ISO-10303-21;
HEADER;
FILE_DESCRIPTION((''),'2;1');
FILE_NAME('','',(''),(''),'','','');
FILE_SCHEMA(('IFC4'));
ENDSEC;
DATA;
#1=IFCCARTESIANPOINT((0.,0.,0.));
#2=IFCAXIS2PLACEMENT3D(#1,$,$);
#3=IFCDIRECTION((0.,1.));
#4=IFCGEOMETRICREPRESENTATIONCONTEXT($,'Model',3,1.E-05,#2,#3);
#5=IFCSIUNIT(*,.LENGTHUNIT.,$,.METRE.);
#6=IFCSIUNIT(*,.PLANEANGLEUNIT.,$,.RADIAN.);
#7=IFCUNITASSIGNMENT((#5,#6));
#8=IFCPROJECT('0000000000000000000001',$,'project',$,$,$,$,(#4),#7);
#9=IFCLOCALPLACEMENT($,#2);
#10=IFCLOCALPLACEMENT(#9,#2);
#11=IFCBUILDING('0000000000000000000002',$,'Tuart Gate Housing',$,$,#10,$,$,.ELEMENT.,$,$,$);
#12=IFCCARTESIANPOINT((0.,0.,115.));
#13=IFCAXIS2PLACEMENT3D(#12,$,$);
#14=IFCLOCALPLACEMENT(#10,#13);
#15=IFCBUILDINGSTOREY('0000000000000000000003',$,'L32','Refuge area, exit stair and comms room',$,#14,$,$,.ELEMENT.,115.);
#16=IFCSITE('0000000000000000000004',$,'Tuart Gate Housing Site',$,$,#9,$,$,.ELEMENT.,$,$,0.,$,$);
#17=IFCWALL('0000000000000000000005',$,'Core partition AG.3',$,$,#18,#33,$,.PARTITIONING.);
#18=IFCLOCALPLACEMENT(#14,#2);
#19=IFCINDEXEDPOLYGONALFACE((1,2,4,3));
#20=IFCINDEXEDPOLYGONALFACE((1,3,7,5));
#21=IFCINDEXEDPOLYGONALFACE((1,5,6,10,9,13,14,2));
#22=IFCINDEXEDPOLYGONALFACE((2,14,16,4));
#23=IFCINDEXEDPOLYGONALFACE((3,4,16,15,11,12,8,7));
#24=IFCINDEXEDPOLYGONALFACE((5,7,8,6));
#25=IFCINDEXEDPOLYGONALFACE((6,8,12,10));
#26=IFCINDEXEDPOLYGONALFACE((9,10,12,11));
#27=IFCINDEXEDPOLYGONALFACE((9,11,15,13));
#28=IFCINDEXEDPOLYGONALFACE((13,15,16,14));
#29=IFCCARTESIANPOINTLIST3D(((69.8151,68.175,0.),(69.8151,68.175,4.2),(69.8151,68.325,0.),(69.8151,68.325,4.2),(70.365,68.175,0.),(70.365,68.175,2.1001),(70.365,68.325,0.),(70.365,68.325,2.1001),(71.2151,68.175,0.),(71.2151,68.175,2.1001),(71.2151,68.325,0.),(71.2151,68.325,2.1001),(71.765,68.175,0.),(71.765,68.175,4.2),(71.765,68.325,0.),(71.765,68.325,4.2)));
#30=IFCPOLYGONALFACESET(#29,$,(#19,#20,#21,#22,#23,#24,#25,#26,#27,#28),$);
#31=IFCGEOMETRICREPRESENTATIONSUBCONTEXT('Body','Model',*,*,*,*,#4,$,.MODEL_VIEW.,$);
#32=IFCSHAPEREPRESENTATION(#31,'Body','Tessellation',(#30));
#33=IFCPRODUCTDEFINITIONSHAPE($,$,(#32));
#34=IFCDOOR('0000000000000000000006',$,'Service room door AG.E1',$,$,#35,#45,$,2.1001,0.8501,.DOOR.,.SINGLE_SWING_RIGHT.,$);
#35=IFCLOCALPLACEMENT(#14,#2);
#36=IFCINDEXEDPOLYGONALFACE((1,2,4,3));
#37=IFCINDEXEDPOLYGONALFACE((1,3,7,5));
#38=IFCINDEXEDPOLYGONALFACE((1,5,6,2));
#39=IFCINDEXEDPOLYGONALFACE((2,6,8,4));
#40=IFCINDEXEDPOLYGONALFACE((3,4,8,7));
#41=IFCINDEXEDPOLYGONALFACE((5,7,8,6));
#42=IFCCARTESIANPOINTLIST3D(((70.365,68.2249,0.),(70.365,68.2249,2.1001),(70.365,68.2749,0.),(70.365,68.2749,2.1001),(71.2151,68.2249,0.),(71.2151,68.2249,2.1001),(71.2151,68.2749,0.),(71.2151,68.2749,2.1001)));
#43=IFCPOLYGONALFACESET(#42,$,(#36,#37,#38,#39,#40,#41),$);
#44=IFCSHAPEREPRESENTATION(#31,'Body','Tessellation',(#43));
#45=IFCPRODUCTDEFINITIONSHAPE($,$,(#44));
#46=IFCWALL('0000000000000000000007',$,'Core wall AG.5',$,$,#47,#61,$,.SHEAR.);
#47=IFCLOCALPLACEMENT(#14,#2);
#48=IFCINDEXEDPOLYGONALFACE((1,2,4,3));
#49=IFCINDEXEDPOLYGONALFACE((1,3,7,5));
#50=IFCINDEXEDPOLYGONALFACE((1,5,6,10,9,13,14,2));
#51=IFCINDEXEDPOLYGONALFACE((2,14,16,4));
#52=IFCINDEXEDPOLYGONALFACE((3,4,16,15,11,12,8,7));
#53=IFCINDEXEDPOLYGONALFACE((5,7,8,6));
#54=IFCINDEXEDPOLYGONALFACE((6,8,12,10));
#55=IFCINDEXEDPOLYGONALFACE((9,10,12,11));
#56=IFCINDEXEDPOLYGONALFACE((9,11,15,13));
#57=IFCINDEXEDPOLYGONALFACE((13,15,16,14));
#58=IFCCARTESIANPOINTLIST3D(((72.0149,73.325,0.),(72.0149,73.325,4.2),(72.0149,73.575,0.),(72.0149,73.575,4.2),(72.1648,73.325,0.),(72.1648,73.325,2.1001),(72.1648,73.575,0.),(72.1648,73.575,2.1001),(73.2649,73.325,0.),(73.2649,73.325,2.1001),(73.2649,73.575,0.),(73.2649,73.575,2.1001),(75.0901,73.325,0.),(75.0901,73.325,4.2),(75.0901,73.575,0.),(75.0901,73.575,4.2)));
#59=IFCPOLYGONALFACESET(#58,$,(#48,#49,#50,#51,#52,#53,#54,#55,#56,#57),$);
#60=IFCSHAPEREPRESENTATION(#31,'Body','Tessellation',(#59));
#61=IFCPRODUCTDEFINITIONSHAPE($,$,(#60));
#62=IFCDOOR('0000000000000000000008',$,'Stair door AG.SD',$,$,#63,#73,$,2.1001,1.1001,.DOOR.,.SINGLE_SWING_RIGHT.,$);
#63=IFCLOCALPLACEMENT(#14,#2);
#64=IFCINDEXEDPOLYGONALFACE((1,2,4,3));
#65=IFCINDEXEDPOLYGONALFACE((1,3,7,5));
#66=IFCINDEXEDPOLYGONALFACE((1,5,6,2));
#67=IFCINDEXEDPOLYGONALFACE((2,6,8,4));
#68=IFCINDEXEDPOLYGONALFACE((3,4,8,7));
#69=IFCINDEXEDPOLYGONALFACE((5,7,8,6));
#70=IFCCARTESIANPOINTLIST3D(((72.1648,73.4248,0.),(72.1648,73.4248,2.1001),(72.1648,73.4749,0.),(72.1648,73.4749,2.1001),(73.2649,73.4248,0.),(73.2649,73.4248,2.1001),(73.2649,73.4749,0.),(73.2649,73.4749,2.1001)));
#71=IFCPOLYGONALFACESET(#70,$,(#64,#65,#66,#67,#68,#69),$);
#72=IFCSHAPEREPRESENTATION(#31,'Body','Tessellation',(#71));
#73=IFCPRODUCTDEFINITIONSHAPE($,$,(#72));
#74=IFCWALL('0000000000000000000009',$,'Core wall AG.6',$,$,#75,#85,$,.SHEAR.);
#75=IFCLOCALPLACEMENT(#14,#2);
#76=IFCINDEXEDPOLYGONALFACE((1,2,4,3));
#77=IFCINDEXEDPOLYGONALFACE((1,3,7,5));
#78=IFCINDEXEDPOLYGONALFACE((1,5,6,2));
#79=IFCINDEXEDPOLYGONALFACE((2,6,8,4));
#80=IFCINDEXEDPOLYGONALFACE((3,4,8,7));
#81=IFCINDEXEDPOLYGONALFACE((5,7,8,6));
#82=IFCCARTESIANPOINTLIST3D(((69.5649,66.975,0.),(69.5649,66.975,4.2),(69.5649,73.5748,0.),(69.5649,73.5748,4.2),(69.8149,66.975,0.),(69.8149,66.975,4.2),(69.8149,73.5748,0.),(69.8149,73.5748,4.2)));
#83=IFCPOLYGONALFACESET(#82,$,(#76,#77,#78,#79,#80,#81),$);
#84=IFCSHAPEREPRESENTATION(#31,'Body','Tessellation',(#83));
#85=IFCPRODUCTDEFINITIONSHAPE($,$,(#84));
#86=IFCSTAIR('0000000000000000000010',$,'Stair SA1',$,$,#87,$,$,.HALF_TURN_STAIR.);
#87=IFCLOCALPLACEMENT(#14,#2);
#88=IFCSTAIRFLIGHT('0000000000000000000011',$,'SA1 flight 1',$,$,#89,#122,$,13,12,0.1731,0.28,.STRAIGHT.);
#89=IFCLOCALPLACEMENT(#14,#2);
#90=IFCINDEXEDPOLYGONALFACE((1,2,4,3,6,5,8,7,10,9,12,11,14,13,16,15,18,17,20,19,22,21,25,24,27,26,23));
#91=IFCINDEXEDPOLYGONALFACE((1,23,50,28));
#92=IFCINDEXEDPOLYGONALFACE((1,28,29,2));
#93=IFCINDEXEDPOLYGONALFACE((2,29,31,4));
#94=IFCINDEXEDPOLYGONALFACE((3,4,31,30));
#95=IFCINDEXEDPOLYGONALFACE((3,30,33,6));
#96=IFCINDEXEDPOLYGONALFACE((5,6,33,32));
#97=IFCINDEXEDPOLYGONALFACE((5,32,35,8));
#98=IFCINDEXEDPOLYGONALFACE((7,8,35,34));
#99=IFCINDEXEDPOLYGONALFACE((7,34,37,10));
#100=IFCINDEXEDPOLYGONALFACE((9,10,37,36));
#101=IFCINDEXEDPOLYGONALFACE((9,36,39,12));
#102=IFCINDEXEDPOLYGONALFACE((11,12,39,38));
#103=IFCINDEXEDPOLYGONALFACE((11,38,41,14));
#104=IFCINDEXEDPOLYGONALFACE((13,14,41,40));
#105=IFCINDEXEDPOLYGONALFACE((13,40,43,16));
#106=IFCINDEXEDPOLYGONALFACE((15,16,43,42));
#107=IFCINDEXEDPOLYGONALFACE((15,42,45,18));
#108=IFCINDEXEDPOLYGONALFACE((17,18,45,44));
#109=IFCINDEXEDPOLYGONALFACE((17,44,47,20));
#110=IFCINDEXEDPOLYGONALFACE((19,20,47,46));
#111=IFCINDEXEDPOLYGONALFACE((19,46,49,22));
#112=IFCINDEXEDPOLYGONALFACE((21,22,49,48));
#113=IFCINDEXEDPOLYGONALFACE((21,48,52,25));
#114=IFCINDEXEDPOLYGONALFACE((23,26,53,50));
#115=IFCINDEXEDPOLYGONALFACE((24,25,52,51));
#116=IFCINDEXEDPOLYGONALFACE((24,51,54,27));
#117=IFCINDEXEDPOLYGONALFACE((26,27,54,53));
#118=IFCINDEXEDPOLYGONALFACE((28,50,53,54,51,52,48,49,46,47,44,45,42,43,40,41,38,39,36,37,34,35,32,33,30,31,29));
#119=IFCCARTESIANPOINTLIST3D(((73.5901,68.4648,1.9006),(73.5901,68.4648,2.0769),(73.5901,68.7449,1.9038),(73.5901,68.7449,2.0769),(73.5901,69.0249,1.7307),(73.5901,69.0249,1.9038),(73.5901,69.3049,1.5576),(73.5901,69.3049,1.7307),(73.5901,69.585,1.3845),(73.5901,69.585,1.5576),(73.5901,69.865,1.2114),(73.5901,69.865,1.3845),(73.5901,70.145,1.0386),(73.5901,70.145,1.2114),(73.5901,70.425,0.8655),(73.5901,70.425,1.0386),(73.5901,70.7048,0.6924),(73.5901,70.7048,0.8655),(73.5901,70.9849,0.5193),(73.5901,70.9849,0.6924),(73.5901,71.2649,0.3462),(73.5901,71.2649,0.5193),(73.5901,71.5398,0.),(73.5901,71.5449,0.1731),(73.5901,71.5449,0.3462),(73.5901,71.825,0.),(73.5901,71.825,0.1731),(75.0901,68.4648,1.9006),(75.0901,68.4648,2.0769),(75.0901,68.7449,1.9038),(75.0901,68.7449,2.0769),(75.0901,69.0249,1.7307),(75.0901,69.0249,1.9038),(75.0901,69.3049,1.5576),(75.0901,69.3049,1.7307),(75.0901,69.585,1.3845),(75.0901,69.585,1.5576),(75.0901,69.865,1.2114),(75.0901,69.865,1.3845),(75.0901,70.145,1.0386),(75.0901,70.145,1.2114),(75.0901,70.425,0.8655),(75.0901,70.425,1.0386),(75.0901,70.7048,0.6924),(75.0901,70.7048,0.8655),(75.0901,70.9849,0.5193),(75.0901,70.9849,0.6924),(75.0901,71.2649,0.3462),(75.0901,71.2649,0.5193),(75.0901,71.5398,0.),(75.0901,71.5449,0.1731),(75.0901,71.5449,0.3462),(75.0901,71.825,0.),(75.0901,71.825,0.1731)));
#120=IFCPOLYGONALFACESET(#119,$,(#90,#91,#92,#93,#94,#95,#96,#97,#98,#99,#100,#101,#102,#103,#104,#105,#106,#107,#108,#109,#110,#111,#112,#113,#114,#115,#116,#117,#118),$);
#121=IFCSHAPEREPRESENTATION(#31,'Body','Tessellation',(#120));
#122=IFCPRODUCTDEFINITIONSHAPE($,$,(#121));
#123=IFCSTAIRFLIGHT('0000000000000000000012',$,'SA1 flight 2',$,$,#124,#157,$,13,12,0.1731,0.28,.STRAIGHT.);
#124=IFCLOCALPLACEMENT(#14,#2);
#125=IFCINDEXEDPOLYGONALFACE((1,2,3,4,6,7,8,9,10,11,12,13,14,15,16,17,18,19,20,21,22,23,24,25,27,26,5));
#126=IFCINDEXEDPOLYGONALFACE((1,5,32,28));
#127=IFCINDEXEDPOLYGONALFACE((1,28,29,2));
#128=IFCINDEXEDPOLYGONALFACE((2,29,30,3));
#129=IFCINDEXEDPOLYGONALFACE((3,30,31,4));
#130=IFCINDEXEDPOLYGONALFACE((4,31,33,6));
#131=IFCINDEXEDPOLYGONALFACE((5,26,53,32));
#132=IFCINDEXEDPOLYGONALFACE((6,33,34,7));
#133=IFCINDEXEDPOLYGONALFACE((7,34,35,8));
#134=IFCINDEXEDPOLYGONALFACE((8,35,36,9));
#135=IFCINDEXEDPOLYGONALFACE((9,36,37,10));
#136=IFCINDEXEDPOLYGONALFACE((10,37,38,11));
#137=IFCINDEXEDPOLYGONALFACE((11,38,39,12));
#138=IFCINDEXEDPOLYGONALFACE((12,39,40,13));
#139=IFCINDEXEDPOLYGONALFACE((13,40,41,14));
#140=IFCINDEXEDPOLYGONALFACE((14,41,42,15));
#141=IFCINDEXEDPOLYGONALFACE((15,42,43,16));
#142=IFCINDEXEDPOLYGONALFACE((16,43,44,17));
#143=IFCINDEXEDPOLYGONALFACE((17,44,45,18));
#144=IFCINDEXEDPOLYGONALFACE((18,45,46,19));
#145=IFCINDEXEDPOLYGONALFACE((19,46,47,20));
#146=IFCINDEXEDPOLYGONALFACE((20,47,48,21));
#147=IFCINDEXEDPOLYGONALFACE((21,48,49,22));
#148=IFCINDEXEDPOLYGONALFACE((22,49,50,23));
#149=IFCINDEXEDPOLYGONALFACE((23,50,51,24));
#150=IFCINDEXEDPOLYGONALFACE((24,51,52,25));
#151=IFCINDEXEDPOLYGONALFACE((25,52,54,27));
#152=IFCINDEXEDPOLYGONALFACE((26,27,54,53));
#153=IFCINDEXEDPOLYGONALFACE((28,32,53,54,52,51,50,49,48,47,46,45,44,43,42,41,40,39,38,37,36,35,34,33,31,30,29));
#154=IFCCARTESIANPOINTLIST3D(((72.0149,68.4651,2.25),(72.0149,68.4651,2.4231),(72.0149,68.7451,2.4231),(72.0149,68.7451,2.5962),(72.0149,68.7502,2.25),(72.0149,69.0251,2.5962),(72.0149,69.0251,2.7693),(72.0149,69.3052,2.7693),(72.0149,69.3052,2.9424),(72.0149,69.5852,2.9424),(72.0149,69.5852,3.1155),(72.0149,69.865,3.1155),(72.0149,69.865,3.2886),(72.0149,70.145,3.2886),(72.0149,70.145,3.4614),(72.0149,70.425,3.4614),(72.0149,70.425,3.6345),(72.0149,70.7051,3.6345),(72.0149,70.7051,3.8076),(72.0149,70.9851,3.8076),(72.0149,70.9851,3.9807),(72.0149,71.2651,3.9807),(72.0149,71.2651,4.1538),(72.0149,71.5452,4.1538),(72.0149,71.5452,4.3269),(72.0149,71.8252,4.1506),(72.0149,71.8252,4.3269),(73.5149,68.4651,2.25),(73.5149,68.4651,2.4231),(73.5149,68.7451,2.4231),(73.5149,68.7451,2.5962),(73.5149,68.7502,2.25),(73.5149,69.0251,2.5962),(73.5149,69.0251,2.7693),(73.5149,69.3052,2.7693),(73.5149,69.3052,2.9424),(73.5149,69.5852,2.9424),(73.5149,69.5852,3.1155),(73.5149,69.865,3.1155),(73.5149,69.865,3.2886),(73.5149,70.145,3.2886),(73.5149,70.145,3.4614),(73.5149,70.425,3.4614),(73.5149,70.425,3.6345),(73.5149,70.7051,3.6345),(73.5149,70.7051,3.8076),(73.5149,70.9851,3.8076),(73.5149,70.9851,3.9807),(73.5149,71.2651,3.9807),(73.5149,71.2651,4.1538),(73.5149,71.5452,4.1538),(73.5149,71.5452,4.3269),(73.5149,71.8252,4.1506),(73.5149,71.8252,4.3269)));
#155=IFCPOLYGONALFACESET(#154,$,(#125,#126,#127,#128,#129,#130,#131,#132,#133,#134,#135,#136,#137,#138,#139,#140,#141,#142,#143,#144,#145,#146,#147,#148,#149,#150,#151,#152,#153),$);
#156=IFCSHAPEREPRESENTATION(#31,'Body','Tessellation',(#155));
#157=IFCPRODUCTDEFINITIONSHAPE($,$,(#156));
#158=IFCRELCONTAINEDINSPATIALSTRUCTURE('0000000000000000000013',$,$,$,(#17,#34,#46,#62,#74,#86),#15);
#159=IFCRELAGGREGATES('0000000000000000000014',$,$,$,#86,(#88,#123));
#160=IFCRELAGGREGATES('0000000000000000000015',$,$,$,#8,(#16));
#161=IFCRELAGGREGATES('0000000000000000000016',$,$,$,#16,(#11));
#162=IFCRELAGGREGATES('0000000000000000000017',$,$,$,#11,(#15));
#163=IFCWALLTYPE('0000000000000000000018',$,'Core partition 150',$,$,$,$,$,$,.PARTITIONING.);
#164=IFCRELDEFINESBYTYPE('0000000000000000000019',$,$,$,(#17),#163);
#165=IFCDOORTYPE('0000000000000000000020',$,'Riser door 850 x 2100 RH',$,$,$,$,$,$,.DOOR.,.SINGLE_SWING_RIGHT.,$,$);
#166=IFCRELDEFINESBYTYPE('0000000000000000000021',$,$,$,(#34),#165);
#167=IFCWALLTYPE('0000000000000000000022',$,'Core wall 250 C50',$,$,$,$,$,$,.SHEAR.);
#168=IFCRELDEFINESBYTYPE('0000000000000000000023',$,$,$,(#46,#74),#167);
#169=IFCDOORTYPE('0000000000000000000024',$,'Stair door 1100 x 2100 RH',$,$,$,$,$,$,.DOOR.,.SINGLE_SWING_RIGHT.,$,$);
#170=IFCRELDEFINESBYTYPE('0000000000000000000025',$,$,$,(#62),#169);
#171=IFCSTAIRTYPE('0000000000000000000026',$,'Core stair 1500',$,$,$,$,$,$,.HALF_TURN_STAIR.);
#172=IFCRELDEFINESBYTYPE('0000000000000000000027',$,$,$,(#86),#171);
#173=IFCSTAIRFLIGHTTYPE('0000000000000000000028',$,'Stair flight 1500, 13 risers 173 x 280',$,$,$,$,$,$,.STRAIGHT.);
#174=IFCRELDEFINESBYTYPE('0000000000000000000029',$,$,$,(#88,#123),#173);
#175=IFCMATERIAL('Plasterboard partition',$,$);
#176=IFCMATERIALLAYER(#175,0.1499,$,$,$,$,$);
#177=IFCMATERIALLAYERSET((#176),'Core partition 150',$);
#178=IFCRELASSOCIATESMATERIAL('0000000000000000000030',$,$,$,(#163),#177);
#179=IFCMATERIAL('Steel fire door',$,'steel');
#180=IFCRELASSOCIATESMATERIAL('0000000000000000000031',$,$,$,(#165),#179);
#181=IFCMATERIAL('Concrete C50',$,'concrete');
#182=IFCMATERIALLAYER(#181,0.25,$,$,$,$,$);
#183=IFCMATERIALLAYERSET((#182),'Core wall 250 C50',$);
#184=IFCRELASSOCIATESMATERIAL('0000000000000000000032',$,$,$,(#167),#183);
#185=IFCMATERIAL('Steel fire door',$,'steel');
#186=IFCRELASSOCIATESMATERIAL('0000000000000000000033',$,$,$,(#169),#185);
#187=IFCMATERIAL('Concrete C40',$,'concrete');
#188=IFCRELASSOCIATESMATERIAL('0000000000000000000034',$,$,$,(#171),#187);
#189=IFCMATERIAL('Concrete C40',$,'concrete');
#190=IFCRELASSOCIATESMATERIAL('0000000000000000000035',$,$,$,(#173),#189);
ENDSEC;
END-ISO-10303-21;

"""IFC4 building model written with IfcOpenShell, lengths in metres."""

from ifc_helpers import new_model, si_unit, direction, frame, frame_2d, origin, place, context, subcontext, project, spatial, polyline, rectangle, outline, extrude, material, layer, layer_set, type_object, element, fill, aggregate, save


model = new_model("IFC4")

# Units and contexts
model_context = context("Model", 3, precision=1e-05, world=origin(), true_north=direction((0.0, 1.0)))
body_context = subcontext(model_context, "Body", "Model", "MODEL_VIEW")
ifc_project = project(units=[si_unit("LENGTHUNIT", "METRE"), si_unit("PLANEANGLEUNIT", "RADIAN")], contexts=[model_context])

# Site, building, storey
site_placement = place(None, origin())
site = spatial("IfcSite", under=ifc_project, at=site_placement, Name="Tuart Gate Housing Site", CompositionType="ELEMENT", RefElevation=0.0)
building_placement = place(site_placement, origin())
building = spatial("IfcBuilding", under=site, at=building_placement, Name="Tuart Gate Housing", CompositionType="ELEMENT")
storey_placement = place(building_placement, frame((0.0, 0.0, 115.0)))
storey = spatial("IfcBuildingStorey", under=building, at=storey_placement, Name="L32", Description="Refuge area, exit stair and comms room", CompositionType="ELEMENT", Elevation=115.0)

# Walls, openings, doors
ifc_material_1 = material(Name="Plasterboard partition")
ifc_layer_1 = layer(ifc_material_1, 0.1499)
ifc_layer_set_1 = layer_set([ifc_layer_1], Name="Core partition 150")
wall_type_1 = type_object("IfcWallType", Name="Core partition 150", PredefinedType="PARTITIONING", material=ifc_layer_set_1)
wall_1_placement = place(storey_placement, frame((69.8149, 68.25, 0.0), z_axis=(0.0, 0.0, 1.0), x_axis=(1.0, 0.0, 0.0)))
wall_1 = element("IfcWall", 1, at=wall_1_placement, inside=storey, type_object=wall_type_1, Name="Core partition AG.3", PredefinedType="PARTITIONING", context=body_context, shape_type="SweptSolid", body=[
    extrude(rectangle(XDim=1.95, YDim=0.1499, at=frame_2d((0.9751, 0.0))), origin(), (0.0, 0.0, 1.0), 4.2),
])
opening_1_placement = place(wall_1_placement, frame((0.55, 0.0, 0.0)))
opening_1 = element("IfcOpeningElement", 2, at=opening_1_placement, cuts=wall_1, PredefinedType="OPENING", context=body_context, shape_type="SweptSolid", body=[
    extrude(rectangle(XDim=0.8501, YDim=2.1001, at=frame_2d((0.425, 1.05))), frame((0.0, 0.085, 0.0), z_axis=(0.0, -1.0, 0.0), x_axis=(1.0, 0.0, 0.0)), (0.0, 0.0, 1.0), 0.1699),
])
ifc_material_2 = material(Name="Steel fire door", Category="steel")
door_type_1 = type_object("IfcDoorType", Name="Riser door 850 x 2100 RH", OperationType="SINGLE_SWING_RIGHT", PredefinedType="DOOR", material=ifc_material_2)
door_1_placement = place(opening_1_placement, frame((0.8501, 0.0, 0.0), z_axis=(0.0, 0.0, 1.0), x_axis=(-1.0, 0.0, 0.0)))
door_1 = element("IfcDoor", 3, at=door_1_placement, inside=storey, type_object=door_type_1, Name="Service room door AG.E1", OperationType="SINGLE_SWING_RIGHT", OverallHeight=2.1001, OverallWidth=0.8501, PredefinedType="DOOR", context=body_context, shape_type="SweptSolid", body=[
    extrude(rectangle(XDim=0.8501, YDim=2.1001, at=frame_2d((0.425, 1.05))), frame((0.0, 0.0251, 0.0), z_axis=(0.0, -1.0, 0.0), x_axis=(1.0, 0.0, 0.0)), (0.0, 0.0, 1.0), 0.05),
])
fill(opening_1, door_1)
ifc_material_3 = material(Name="Concrete C50", Category="concrete")
ifc_layer_2 = layer(ifc_material_3, 0.25)
ifc_layer_set_2 = layer_set([ifc_layer_2], Name="Core wall 250 C50")
wall_type_2 = type_object("IfcWallType", Name="Core wall 250 C50", PredefinedType="SHEAR", material=ifc_layer_set_2)
wall_2_placement = place(storey_placement, frame((72.0149, 73.45, 0.0), z_axis=(0.0, 0.0, 1.0), x_axis=(1.0, 0.0, 0.0)))
wall_2 = element("IfcWall", 4, at=wall_2_placement, inside=storey, type_object=wall_type_2, Name="Core wall AG.5", PredefinedType="SHEAR", context=body_context, shape_type="SweptSolid", body=[
    extrude(rectangle(XDim=3.0752, YDim=0.25, at=frame_2d((1.5376, 0.0))), origin(), (0.0, 0.0, 1.0), 4.2),
])
opening_2_placement = place(wall_2_placement, frame((0.1499, 0.0, 0.0)))
opening_2 = element("IfcOpeningElement", 5, at=opening_2_placement, cuts=wall_2, PredefinedType="OPENING", context=body_context, shape_type="SweptSolid", body=[
    extrude(rectangle(XDim=1.1001, YDim=2.1001, at=frame_2d((0.55, 1.05))), frame((0.0, 0.135, 0.0), z_axis=(0.0, -1.0, 0.0), x_axis=(1.0, 0.0, 0.0)), (0.0, 0.0, 1.0), 0.27),
])
ifc_material_4 = material(Name="Steel fire door", Category="steel")
door_type_2 = type_object("IfcDoorType", Name="Stair door 1100 x 2100 RH", OperationType="SINGLE_SWING_RIGHT", PredefinedType="DOOR", material=ifc_material_4)
door_2_placement = place(opening_2_placement, frame((1.1001, 0.0, 0.0), z_axis=(0.0, 0.0, 1.0), x_axis=(-1.0, 0.0, 0.0)))
door_2 = element("IfcDoor", 6, at=door_2_placement, inside=storey, type_object=door_type_2, Name="Stair door AG.SD", OperationType="SINGLE_SWING_RIGHT", OverallHeight=2.1001, OverallWidth=1.1001, PredefinedType="DOOR", context=body_context, shape_type="SweptSolid", body=[
    extrude(rectangle(XDim=1.1001, YDim=2.1001, at=frame_2d((0.55, 1.05))), frame((0.0, 0.0251, 0.0), z_axis=(0.0, -1.0, 0.0), x_axis=(1.0, 0.0, 0.0)), (0.0, 0.0, 1.0), 0.05),
])
fill(opening_2, door_2)

# Wall
wall_3_placement = place(storey_placement, frame((69.6899, 66.9751, 0.0), z_axis=(0.0, 0.0, 1.0), x_axis=(0.0, 1.0, 0.0)))
element("IfcWall", 7, at=wall_3_placement, inside=storey, type_object=wall_type_2, Name="Core wall AG.6", PredefinedType="SHEAR", context=body_context, shape_type="SweptSolid", body=[
    extrude(rectangle(XDim=6.5999, YDim=0.25, at=frame_2d((3.2998, 0.0))), origin(), (0.0, 0.0, 1.0), 4.2),
])

# Stair, stair flights
ifc_material_5 = material(Name="Concrete C40", Category="concrete")
stair_type = type_object("IfcStairType", Name="Core stair 1500", PredefinedType="HALF_TURN_STAIR", material=ifc_material_5)
stair_placement = place(storey_placement, origin())
stair = element("IfcStair", 8, at=stair_placement, inside=storey, type_object=stair_type, Name="Stair SA1", PredefinedType="HALF_TURN_STAIR")
ifc_material_6 = material(Name="Concrete C40", Category="concrete")
stair_flight_type = type_object("IfcStairFlightType", Name="Stair flight 1500, 13 risers 173 x 280", PredefinedType="STRAIGHT", material=ifc_material_6)
stair_flight_1_placement = place(storey_placement, frame((74.3401, 71.825, 0.0), z_axis=(0.0, 0.0, 1.0), x_axis=(0.0, -1.0, 0.0)))
stair_flight_1 = element("IfcStairFlight", 9, at=stair_flight_1_placement, type_object=stair_flight_type, Name="SA1 flight 1", NumberOfRisers=13, NumberOfTreads=12, PredefinedType="STRAIGHT", RiserHeight=0.1731, TreadLength=0.28, context=body_context, shape_type="SweptSolid", body=[
    extrude(outline(polyline([(0.0, 0.0), (0.0, 0.1731), (0.28, 0.1731), (0.28, 0.3462), (0.5601, 0.3462), (0.5601, 0.5193), (0.8401, 0.5193), (0.8401, 0.6924), (1.1201, 0.6924), (1.1201, 0.8655), (1.3999, 0.8655), (1.3999, 1.0386), (1.6799, 1.0386), (1.6799, 1.2114), (1.96, 1.2114), (1.96, 1.3845), (2.24, 1.3845), (2.24, 1.5576), (2.52, 1.5576), (2.52, 1.7307), (2.8, 1.7307), (2.8, 1.9038), (3.0801, 1.9038), (3.0801, 2.0769), (3.3601, 2.0769), (3.3601, 2.25), (3.3601, 1.9006), (0.2852, 0.0), (0.0, 0.0)])), frame((0.0, 0.75, 0.0), z_axis=(0.0, -1.0, 0.0), x_axis=(1.0, 0.0, 0.0)), (0.0, 0.0, 1.0), 1.5),
])
stair_flight_2_placement = place(storey_placement, frame((72.7649, 68.4651, 2.25), z_axis=(0.0, 0.0, 1.0), x_axis=(0.0, 1.0, 0.0)))
stair_flight_2 = element("IfcStairFlight", 10, at=stair_flight_2_placement, type_object=stair_flight_type, Name="SA1 flight 2", NumberOfRisers=13, NumberOfTreads=12, PredefinedType="STRAIGHT", RiserHeight=0.1731, TreadLength=0.28, context=body_context, shape_type="SweptSolid", body=[
    extrude(outline(polyline([(0.0, 0.0), (0.0, 0.1731), (0.28, 0.1731), (0.28, 0.3462), (0.5601, 0.3462), (0.5601, 0.5193), (0.8401, 0.5193), (0.8401, 0.6924), (1.1201, 0.6924), (1.1201, 0.8655), (1.3999, 0.8655), (1.3999, 1.0386), (1.6799, 1.0386), (1.6799, 1.2114), (1.96, 1.2114), (1.96, 1.3845), (2.24, 1.3845), (2.24, 1.5576), (2.52, 1.5576), (2.52, 1.7307), (2.8, 1.7307), (2.8, 1.9038), (3.0801, 1.9038), (3.0801, 2.0769), (3.3601, 2.0769), (3.3601, 2.25), (3.3601, 1.9006), (0.2852, 0.0), (0.0, 0.0)])), frame((0.0, 0.75, 0.0), z_axis=(0.0, -1.0, 0.0), x_axis=(1.0, 0.0, 0.0)), (0.0, 0.0, 1.0), 1.5),
])
aggregate(stair, [stair_flight_1, stair_flight_2])

save(model, "model.ifc")
